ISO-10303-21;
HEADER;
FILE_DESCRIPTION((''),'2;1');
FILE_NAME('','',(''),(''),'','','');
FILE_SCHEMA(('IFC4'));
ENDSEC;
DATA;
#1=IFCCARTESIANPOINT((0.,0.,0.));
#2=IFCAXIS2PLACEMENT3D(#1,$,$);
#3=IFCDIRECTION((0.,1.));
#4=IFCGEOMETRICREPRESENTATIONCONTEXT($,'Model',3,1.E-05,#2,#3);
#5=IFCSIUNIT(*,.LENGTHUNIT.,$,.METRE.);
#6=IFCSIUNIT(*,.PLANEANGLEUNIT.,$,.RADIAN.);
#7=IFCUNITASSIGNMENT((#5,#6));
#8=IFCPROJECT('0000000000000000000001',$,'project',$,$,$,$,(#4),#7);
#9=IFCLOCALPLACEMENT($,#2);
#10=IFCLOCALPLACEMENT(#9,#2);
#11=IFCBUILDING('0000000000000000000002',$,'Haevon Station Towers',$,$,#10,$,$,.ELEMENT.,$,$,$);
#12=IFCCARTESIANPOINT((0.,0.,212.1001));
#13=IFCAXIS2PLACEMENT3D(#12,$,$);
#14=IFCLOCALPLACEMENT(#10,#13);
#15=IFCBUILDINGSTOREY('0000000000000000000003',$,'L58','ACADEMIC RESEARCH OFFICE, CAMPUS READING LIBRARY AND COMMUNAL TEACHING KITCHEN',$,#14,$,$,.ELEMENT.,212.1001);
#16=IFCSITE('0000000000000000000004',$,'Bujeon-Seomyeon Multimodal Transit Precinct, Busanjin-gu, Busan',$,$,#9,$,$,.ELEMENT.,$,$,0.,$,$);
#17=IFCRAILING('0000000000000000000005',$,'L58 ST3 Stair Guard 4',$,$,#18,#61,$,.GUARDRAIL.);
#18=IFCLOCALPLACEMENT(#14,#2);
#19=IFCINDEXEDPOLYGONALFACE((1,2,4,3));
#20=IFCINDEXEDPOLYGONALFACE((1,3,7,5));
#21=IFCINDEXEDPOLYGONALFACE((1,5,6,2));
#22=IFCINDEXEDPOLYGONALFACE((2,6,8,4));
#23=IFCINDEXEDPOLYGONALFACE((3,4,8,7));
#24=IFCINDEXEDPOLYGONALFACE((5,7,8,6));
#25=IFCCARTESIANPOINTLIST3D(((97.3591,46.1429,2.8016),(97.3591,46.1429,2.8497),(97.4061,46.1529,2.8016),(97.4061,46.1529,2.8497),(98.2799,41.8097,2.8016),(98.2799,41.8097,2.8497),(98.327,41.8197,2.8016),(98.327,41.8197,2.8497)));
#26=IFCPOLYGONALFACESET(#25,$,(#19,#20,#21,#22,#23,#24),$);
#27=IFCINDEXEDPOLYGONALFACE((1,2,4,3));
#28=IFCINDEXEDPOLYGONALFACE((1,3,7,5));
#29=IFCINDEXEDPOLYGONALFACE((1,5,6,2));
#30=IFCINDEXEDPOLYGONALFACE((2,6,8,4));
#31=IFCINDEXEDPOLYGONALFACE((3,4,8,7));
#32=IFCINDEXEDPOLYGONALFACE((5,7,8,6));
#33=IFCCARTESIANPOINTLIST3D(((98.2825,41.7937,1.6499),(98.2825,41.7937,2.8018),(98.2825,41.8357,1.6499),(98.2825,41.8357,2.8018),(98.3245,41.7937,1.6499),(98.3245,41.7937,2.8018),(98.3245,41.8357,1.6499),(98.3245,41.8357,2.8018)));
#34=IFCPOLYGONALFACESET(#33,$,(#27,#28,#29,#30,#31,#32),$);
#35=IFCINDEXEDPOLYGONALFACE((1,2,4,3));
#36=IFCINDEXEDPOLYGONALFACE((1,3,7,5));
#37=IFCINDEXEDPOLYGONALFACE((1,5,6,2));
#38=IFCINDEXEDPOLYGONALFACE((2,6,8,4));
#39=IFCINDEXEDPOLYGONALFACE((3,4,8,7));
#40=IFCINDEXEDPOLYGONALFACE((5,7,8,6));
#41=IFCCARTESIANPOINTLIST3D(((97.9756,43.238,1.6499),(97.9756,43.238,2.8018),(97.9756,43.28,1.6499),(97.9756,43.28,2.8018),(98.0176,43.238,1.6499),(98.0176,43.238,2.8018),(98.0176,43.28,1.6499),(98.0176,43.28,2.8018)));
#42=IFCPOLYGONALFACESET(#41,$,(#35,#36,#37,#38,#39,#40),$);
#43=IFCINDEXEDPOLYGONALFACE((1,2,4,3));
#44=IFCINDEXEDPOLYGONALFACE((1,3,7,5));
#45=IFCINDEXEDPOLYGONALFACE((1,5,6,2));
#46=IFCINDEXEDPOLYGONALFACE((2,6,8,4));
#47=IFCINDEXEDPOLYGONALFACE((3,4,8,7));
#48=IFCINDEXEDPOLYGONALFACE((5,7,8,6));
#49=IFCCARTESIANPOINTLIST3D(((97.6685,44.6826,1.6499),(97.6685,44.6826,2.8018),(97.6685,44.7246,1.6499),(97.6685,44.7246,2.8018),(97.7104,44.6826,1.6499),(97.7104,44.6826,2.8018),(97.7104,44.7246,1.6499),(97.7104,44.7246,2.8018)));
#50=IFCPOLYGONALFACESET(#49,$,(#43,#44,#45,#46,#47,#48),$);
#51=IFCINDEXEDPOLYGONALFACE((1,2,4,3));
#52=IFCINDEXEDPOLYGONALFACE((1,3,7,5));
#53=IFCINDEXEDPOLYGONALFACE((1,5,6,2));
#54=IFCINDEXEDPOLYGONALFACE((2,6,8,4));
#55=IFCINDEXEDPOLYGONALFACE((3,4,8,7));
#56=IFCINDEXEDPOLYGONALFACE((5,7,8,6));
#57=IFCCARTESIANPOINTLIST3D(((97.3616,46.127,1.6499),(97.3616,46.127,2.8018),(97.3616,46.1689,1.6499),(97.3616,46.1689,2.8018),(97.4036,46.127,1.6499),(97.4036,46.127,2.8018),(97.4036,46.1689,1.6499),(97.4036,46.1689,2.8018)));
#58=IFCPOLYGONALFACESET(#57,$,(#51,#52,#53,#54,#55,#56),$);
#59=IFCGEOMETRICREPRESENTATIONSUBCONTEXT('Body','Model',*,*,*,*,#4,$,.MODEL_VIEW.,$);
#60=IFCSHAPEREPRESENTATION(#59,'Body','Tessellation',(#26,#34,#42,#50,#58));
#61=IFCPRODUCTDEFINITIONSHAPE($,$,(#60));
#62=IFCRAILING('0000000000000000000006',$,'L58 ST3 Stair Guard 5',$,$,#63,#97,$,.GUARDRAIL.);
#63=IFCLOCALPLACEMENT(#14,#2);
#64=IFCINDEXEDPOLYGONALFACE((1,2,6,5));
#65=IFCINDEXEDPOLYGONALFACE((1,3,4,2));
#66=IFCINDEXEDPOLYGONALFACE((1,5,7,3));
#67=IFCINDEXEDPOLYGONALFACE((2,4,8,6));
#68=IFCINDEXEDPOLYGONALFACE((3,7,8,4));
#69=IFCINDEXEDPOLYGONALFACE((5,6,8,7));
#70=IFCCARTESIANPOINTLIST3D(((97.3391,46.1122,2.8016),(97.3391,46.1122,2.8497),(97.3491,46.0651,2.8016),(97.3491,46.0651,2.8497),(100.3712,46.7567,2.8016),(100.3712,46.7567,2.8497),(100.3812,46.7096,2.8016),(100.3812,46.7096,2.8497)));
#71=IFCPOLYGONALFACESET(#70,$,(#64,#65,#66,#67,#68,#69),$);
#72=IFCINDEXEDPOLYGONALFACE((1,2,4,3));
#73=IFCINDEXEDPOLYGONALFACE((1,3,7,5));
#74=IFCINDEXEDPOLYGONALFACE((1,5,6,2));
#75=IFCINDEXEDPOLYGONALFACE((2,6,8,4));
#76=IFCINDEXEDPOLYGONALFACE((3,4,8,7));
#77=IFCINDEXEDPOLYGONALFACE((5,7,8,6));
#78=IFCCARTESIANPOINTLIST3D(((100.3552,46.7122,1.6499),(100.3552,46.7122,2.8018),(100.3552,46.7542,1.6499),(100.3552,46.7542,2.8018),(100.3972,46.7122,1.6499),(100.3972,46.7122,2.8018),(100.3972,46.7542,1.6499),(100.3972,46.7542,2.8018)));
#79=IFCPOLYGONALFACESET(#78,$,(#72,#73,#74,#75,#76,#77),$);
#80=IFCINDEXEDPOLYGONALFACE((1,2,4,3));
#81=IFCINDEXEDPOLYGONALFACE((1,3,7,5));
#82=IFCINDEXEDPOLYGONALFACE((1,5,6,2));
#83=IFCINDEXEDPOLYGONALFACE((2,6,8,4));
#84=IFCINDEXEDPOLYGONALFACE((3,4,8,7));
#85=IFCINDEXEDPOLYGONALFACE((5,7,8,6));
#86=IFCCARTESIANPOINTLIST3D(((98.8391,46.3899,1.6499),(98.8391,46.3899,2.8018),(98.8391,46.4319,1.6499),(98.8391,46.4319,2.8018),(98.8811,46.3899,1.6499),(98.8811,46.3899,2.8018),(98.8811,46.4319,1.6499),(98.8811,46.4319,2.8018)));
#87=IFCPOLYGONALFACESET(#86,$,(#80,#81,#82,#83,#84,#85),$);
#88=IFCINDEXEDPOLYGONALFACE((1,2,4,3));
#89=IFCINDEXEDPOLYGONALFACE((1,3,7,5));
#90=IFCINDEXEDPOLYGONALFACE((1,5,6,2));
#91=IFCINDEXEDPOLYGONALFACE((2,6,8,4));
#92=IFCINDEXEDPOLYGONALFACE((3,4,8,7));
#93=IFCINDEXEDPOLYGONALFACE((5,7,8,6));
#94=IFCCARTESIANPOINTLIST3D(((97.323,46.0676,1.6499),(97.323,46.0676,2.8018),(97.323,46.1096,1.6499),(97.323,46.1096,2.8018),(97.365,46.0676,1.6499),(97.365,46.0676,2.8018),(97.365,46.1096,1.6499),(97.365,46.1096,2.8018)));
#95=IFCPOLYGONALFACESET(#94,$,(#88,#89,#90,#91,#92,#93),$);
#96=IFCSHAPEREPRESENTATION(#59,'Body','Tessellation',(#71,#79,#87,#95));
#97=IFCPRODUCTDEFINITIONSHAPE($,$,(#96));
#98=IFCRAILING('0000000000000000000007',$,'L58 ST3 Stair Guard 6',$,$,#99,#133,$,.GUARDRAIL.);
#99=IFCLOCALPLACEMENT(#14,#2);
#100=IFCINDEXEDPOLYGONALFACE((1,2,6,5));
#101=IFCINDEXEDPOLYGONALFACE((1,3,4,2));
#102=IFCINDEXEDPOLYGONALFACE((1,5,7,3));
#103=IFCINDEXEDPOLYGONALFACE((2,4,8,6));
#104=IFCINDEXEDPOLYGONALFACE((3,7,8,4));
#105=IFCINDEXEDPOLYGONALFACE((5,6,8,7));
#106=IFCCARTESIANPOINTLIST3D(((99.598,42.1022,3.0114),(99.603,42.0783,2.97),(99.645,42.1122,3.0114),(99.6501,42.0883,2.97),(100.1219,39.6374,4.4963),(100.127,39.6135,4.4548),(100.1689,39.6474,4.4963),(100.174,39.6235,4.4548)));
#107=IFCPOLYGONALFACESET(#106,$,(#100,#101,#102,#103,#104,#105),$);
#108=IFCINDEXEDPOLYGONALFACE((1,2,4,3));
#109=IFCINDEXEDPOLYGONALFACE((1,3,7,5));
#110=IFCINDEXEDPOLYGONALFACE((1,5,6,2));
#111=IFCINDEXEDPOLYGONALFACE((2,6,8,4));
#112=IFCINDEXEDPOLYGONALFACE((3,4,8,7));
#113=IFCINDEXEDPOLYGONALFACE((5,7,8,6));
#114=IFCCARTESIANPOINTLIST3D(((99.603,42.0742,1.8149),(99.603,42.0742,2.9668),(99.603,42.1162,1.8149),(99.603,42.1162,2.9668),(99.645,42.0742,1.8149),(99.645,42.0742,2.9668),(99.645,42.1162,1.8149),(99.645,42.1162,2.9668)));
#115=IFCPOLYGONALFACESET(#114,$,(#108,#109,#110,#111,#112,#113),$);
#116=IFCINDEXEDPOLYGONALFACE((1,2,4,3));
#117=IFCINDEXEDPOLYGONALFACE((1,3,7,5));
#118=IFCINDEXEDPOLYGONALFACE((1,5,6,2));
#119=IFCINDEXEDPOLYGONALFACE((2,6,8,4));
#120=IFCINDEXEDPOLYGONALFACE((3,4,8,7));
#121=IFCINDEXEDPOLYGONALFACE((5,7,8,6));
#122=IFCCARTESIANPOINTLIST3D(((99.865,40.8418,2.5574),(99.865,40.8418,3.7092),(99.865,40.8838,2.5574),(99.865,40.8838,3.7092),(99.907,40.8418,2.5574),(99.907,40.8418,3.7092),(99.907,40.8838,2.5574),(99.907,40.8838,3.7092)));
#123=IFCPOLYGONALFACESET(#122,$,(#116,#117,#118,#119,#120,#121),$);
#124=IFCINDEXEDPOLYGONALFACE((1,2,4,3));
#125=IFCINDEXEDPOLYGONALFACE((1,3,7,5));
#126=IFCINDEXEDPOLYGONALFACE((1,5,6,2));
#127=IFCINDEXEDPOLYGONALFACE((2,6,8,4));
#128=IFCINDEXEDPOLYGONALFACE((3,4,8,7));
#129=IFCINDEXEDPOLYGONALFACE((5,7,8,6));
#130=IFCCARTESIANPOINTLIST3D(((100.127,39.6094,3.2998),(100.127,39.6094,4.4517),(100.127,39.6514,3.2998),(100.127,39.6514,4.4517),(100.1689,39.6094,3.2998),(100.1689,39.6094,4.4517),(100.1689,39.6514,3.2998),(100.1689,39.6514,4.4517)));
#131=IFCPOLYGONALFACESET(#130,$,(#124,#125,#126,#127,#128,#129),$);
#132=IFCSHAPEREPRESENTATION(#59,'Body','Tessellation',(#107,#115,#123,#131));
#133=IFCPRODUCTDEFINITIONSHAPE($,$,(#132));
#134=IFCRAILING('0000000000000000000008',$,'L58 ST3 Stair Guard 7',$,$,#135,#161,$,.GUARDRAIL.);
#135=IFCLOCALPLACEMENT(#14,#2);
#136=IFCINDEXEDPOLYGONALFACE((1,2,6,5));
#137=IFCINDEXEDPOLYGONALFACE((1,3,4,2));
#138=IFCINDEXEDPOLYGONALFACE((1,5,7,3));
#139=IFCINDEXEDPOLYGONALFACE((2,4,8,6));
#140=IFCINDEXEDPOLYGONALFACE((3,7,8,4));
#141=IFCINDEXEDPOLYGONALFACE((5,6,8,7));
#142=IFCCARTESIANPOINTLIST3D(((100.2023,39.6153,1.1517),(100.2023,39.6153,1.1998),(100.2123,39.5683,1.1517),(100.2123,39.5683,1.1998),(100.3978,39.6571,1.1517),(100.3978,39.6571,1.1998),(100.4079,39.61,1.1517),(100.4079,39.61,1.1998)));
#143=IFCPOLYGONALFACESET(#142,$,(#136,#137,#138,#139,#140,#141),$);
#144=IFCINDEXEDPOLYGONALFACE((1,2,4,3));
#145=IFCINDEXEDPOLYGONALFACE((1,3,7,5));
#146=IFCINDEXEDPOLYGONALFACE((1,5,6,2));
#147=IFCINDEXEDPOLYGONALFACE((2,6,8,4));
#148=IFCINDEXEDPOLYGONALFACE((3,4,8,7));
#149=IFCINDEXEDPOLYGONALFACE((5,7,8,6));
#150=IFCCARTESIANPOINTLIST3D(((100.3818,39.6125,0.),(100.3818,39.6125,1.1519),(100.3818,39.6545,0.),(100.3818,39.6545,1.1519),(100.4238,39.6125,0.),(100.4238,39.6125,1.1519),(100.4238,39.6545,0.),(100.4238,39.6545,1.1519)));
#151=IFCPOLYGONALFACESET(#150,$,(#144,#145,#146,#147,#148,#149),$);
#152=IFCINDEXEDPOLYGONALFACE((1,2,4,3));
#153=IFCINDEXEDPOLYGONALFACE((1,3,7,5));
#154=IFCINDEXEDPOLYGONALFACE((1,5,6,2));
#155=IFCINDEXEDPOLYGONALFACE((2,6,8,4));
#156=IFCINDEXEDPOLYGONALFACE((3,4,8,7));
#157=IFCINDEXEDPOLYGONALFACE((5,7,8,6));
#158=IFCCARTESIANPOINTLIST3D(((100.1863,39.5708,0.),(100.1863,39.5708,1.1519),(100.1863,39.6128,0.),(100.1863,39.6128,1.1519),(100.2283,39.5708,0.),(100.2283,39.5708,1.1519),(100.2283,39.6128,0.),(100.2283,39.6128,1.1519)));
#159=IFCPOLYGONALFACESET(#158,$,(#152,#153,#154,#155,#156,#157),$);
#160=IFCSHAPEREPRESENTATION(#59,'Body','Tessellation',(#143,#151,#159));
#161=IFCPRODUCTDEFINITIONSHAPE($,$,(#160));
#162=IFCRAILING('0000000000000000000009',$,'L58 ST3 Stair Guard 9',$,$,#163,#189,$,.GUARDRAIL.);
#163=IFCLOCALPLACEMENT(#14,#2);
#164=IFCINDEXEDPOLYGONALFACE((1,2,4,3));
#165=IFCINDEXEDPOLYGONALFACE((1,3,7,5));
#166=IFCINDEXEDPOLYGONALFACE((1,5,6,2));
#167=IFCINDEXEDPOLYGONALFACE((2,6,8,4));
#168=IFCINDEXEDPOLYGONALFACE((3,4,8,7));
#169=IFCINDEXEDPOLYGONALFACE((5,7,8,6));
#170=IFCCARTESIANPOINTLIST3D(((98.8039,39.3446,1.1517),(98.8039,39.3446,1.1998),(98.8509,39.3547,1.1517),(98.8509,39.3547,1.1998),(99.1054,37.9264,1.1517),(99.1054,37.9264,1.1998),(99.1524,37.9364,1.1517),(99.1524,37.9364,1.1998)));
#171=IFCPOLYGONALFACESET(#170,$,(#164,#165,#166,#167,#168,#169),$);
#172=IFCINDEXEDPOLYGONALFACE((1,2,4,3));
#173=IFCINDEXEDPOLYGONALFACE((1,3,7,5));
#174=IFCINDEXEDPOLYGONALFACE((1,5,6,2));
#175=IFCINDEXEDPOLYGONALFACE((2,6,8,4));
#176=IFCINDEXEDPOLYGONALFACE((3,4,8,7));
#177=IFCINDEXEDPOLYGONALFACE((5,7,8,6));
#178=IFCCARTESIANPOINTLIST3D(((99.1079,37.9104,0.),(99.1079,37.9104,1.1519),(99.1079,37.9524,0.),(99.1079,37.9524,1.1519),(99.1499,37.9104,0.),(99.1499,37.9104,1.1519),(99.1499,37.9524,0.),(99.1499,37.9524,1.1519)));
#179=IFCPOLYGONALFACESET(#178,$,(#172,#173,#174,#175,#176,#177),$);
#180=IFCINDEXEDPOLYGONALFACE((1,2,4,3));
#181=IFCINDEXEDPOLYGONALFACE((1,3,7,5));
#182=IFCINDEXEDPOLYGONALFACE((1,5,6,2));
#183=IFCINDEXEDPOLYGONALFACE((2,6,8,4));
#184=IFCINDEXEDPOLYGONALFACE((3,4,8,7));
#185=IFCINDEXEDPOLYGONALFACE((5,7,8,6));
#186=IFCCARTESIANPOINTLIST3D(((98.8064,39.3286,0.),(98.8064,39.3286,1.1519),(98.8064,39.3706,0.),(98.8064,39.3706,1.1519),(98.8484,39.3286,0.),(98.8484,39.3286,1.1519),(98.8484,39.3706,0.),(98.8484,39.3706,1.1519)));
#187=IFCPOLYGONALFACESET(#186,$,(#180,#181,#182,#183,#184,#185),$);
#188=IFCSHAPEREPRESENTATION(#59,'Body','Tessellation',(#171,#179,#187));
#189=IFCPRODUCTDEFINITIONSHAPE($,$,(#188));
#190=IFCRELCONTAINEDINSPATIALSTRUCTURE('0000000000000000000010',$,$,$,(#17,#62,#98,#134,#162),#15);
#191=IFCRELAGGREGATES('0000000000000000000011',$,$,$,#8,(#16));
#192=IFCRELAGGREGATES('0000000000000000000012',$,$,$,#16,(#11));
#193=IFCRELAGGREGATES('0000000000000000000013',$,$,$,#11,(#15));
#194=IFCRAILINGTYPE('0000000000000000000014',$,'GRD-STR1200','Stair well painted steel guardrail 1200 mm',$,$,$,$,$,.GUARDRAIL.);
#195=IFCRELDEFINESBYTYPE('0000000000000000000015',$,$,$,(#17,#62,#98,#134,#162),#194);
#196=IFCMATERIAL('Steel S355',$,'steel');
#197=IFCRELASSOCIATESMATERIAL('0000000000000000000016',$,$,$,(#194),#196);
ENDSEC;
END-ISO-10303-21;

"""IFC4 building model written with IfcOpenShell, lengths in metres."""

from ifc_helpers import new_model, si_unit, direction, frame, origin, origin_2d, place, context, subcontext, project, spatial, rectangle, extrude, material, type_object, element, save


model = new_model("IFC4")

# Units and contexts
model_context = context("Model", 3, precision=1e-05, world=origin(), true_north=direction((0.0, 1.0)))
body_context = subcontext(model_context, "Body", "Model", "MODEL_VIEW")
ifc_project = project(units=[si_unit("LENGTHUNIT", "METRE"), si_unit("PLANEANGLEUNIT", "RADIAN")], contexts=[model_context])

# Site, building, storey
site_placement = place(None, origin())
site = spatial("IfcSite", under=ifc_project, at=site_placement, Name="Bujeon-Seomyeon Multimodal Transit Precinct, Busanjin-gu, Busan", CompositionType="ELEMENT", RefElevation=0.0)
building_placement = place(site_placement, origin())
building = spatial("IfcBuilding", under=site, at=building_placement, Name="Haevon Station Towers", CompositionType="ELEMENT")
storey_placement = place(building_placement, frame((0.0, 0.0, 212.1001)))
storey = spatial("IfcBuildingStorey", under=building, at=storey_placement, Name="L58", Description="ACADEMIC RESEARCH OFFICE, CAMPUS READING LIBRARY AND COMMUNAL TEACHING KITCHEN", CompositionType="ELEMENT", Elevation=212.1001)

# Shared definitions
ifc_material_1 = material(Name="Steel S355", Category="steel")

# Railings
railing_type_1 = type_object("IfcRailingType", Name="GRD-STR1200", Description="Stair well painted steel guardrail 1200 mm", PredefinedType="GUARDRAIL", material=ifc_material_1)
railing_1_placement = place(storey_placement, frame((98.3035, 41.8147, 1.6499)))
element("IfcRailing", 1, at=railing_1_placement, inside=storey, type_object=railing_type_1, Name="L58 ST3 Stair Guard 4", PredefinedType="GUARDRAIL", context=body_context, shape_type="SweptSolid", body=[
    extrude(rectangle(XDim=0.0481, YDim=0.0481, at=origin_2d()), frame((0.0, 0.0, 1.1758), z_axis=(-0.207877, 0.978155, 0.0), x_axis=(-0.978155, -0.207877, 0.0)), (0.0, 0.0, 1.0), 4.4299),
    extrude(rectangle(XDim=0.042, YDim=0.042, at=origin_2d()), origin(), (0.0, 0.0, 1.0), 1.1519),
    extrude(rectangle(XDim=0.042, YDim=0.042, at=origin_2d()), frame((-0.3069, 1.4443, 0.0)), (0.0, 0.0, 1.0), 1.1519),
    extrude(rectangle(XDim=0.042, YDim=0.042, at=origin_2d()), frame((-0.614, 2.8889, 0.0)), (0.0, 0.0, 1.0), 1.1519),
    extrude(rectangle(XDim=0.042, YDim=0.042, at=origin_2d()), frame((-0.9209, 4.3333, 0.0)), (0.0, 0.0, 1.0), 1.1519),
])
railing_2_placement = place(storey_placement, frame((100.3762, 46.7332, 1.6499)))
element("IfcRailing", 2, at=railing_2_placement, inside=storey, type_object=railing_type_1, Name="L58 ST3 Stair Guard 5", PredefinedType="GUARDRAIL", context=body_context, shape_type="SweptSolid", body=[
    extrude(rectangle(XDim=0.0481, YDim=0.0481, at=origin_2d()), frame((0.0, 0.0, 1.1758), z_axis=(-0.978147, -0.207915, 0.0), x_axis=(0.207915, -0.978147, 0.0)), (0.0, 0.0, 1.0), 3.0999),
    extrude(rectangle(XDim=0.042, YDim=0.042, at=origin_2d()), origin(), (0.0, 0.0, 1.0), 1.1519),
    extrude(rectangle(XDim=0.042, YDim=0.042, at=origin_2d()), frame((-1.5161, -0.3223, 0.0)), (0.0, 0.0, 1.0), 1.1519),
    extrude(rectangle(XDim=0.042, YDim=0.042, at=origin_2d()), frame((-3.0322, -0.6445, 0.0)), (0.0, 0.0, 1.0), 1.1519),
])
railing_3_placement = place(storey_placement, frame((99.624, 42.0952, 1.8149)))
element("IfcRailing", 3, at=railing_3_placement, inside=storey, type_object=railing_type_1, Name="L58 ST3 Stair Guard 6", PredefinedType="GUARDRAIL", context=body_context, shape_type="SweptSolid", body=[
    extrude(rectangle(XDim=0.0481, YDim=0.0481, at=origin_2d()), frame((0.0, 0.0, 1.1758), z_axis=(0.179129, -0.842724, 0.507671), x_axis=(0.978147, 0.207914, 0.0)), (0.0, 0.0, 1.0), 2.9248),
    extrude(rectangle(XDim=0.042, YDim=0.042, at=origin_2d()), origin(), (0.0, 0.0, 1.0), 1.1519),
    extrude(rectangle(XDim=0.042, YDim=0.042, at=origin_2d()), frame((0.262, -1.2324, 0.7424)), (0.0, 0.0, 1.0), 1.1519),
    extrude(rectangle(XDim=0.042, YDim=0.042, at=origin_2d()), frame((0.5239, -2.4648, 1.4849)), (0.0, 0.0, 1.0), 1.1519),
])
railing_4_placement = place(storey_placement, frame((100.4028, 39.6335, 0.0)))
element("IfcRailing", 4, at=railing_4_placement, inside=storey, type_object=railing_type_1, Name="L58 ST3 Stair Guard 7", PredefinedType="GUARDRAIL", context=body_context, shape_type="SweptSolid", body=[
    extrude(rectangle(XDim=0.0481, YDim=0.0481, at=origin_2d()), frame((0.0, 0.0, 1.1758), z_axis=(-0.977963, -0.208779, 0.0), x_axis=(0.208779, -0.977963, 0.0)), (0.0, 0.0, 1.0), 0.2),
    extrude(rectangle(XDim=0.042, YDim=0.042, at=origin_2d()), origin(), (0.0, 0.0, 1.0), 1.1519),
    extrude(rectangle(XDim=0.042, YDim=0.042, at=origin_2d()), frame((-0.1956, -0.0417, 0.0)), (0.0, 0.0, 1.0), 1.1519),
])
railing_5_placement = place(storey_placement, frame((99.1289, 37.9314, 0.0)))
element("IfcRailing", 5, at=railing_5_placement, inside=storey, type_object=railing_type_1, Name="L58 ST3 Stair Guard 9", PredefinedType="GUARDRAIL", context=body_context, shape_type="SweptSolid", body=[
    extrude(rectangle(XDim=0.0481, YDim=0.0481, at=origin_2d()), frame((0.0, 0.0, 1.1758), z_axis=(-0.207953, 0.978139, 0.0), x_axis=(-0.978139, -0.207953, 0.0)), (0.0, 0.0, 1.0), 1.45),
    extrude(rectangle(XDim=0.042, YDim=0.042, at=origin_2d()), origin(), (0.0, 0.0, 1.0), 1.1519),
    extrude(rectangle(XDim=0.042, YDim=0.042, at=origin_2d()), frame((-0.3015, 1.4182, 0.0)), (0.0, 0.0, 1.0), 1.1519),
])

save(model, "model.ifc")
